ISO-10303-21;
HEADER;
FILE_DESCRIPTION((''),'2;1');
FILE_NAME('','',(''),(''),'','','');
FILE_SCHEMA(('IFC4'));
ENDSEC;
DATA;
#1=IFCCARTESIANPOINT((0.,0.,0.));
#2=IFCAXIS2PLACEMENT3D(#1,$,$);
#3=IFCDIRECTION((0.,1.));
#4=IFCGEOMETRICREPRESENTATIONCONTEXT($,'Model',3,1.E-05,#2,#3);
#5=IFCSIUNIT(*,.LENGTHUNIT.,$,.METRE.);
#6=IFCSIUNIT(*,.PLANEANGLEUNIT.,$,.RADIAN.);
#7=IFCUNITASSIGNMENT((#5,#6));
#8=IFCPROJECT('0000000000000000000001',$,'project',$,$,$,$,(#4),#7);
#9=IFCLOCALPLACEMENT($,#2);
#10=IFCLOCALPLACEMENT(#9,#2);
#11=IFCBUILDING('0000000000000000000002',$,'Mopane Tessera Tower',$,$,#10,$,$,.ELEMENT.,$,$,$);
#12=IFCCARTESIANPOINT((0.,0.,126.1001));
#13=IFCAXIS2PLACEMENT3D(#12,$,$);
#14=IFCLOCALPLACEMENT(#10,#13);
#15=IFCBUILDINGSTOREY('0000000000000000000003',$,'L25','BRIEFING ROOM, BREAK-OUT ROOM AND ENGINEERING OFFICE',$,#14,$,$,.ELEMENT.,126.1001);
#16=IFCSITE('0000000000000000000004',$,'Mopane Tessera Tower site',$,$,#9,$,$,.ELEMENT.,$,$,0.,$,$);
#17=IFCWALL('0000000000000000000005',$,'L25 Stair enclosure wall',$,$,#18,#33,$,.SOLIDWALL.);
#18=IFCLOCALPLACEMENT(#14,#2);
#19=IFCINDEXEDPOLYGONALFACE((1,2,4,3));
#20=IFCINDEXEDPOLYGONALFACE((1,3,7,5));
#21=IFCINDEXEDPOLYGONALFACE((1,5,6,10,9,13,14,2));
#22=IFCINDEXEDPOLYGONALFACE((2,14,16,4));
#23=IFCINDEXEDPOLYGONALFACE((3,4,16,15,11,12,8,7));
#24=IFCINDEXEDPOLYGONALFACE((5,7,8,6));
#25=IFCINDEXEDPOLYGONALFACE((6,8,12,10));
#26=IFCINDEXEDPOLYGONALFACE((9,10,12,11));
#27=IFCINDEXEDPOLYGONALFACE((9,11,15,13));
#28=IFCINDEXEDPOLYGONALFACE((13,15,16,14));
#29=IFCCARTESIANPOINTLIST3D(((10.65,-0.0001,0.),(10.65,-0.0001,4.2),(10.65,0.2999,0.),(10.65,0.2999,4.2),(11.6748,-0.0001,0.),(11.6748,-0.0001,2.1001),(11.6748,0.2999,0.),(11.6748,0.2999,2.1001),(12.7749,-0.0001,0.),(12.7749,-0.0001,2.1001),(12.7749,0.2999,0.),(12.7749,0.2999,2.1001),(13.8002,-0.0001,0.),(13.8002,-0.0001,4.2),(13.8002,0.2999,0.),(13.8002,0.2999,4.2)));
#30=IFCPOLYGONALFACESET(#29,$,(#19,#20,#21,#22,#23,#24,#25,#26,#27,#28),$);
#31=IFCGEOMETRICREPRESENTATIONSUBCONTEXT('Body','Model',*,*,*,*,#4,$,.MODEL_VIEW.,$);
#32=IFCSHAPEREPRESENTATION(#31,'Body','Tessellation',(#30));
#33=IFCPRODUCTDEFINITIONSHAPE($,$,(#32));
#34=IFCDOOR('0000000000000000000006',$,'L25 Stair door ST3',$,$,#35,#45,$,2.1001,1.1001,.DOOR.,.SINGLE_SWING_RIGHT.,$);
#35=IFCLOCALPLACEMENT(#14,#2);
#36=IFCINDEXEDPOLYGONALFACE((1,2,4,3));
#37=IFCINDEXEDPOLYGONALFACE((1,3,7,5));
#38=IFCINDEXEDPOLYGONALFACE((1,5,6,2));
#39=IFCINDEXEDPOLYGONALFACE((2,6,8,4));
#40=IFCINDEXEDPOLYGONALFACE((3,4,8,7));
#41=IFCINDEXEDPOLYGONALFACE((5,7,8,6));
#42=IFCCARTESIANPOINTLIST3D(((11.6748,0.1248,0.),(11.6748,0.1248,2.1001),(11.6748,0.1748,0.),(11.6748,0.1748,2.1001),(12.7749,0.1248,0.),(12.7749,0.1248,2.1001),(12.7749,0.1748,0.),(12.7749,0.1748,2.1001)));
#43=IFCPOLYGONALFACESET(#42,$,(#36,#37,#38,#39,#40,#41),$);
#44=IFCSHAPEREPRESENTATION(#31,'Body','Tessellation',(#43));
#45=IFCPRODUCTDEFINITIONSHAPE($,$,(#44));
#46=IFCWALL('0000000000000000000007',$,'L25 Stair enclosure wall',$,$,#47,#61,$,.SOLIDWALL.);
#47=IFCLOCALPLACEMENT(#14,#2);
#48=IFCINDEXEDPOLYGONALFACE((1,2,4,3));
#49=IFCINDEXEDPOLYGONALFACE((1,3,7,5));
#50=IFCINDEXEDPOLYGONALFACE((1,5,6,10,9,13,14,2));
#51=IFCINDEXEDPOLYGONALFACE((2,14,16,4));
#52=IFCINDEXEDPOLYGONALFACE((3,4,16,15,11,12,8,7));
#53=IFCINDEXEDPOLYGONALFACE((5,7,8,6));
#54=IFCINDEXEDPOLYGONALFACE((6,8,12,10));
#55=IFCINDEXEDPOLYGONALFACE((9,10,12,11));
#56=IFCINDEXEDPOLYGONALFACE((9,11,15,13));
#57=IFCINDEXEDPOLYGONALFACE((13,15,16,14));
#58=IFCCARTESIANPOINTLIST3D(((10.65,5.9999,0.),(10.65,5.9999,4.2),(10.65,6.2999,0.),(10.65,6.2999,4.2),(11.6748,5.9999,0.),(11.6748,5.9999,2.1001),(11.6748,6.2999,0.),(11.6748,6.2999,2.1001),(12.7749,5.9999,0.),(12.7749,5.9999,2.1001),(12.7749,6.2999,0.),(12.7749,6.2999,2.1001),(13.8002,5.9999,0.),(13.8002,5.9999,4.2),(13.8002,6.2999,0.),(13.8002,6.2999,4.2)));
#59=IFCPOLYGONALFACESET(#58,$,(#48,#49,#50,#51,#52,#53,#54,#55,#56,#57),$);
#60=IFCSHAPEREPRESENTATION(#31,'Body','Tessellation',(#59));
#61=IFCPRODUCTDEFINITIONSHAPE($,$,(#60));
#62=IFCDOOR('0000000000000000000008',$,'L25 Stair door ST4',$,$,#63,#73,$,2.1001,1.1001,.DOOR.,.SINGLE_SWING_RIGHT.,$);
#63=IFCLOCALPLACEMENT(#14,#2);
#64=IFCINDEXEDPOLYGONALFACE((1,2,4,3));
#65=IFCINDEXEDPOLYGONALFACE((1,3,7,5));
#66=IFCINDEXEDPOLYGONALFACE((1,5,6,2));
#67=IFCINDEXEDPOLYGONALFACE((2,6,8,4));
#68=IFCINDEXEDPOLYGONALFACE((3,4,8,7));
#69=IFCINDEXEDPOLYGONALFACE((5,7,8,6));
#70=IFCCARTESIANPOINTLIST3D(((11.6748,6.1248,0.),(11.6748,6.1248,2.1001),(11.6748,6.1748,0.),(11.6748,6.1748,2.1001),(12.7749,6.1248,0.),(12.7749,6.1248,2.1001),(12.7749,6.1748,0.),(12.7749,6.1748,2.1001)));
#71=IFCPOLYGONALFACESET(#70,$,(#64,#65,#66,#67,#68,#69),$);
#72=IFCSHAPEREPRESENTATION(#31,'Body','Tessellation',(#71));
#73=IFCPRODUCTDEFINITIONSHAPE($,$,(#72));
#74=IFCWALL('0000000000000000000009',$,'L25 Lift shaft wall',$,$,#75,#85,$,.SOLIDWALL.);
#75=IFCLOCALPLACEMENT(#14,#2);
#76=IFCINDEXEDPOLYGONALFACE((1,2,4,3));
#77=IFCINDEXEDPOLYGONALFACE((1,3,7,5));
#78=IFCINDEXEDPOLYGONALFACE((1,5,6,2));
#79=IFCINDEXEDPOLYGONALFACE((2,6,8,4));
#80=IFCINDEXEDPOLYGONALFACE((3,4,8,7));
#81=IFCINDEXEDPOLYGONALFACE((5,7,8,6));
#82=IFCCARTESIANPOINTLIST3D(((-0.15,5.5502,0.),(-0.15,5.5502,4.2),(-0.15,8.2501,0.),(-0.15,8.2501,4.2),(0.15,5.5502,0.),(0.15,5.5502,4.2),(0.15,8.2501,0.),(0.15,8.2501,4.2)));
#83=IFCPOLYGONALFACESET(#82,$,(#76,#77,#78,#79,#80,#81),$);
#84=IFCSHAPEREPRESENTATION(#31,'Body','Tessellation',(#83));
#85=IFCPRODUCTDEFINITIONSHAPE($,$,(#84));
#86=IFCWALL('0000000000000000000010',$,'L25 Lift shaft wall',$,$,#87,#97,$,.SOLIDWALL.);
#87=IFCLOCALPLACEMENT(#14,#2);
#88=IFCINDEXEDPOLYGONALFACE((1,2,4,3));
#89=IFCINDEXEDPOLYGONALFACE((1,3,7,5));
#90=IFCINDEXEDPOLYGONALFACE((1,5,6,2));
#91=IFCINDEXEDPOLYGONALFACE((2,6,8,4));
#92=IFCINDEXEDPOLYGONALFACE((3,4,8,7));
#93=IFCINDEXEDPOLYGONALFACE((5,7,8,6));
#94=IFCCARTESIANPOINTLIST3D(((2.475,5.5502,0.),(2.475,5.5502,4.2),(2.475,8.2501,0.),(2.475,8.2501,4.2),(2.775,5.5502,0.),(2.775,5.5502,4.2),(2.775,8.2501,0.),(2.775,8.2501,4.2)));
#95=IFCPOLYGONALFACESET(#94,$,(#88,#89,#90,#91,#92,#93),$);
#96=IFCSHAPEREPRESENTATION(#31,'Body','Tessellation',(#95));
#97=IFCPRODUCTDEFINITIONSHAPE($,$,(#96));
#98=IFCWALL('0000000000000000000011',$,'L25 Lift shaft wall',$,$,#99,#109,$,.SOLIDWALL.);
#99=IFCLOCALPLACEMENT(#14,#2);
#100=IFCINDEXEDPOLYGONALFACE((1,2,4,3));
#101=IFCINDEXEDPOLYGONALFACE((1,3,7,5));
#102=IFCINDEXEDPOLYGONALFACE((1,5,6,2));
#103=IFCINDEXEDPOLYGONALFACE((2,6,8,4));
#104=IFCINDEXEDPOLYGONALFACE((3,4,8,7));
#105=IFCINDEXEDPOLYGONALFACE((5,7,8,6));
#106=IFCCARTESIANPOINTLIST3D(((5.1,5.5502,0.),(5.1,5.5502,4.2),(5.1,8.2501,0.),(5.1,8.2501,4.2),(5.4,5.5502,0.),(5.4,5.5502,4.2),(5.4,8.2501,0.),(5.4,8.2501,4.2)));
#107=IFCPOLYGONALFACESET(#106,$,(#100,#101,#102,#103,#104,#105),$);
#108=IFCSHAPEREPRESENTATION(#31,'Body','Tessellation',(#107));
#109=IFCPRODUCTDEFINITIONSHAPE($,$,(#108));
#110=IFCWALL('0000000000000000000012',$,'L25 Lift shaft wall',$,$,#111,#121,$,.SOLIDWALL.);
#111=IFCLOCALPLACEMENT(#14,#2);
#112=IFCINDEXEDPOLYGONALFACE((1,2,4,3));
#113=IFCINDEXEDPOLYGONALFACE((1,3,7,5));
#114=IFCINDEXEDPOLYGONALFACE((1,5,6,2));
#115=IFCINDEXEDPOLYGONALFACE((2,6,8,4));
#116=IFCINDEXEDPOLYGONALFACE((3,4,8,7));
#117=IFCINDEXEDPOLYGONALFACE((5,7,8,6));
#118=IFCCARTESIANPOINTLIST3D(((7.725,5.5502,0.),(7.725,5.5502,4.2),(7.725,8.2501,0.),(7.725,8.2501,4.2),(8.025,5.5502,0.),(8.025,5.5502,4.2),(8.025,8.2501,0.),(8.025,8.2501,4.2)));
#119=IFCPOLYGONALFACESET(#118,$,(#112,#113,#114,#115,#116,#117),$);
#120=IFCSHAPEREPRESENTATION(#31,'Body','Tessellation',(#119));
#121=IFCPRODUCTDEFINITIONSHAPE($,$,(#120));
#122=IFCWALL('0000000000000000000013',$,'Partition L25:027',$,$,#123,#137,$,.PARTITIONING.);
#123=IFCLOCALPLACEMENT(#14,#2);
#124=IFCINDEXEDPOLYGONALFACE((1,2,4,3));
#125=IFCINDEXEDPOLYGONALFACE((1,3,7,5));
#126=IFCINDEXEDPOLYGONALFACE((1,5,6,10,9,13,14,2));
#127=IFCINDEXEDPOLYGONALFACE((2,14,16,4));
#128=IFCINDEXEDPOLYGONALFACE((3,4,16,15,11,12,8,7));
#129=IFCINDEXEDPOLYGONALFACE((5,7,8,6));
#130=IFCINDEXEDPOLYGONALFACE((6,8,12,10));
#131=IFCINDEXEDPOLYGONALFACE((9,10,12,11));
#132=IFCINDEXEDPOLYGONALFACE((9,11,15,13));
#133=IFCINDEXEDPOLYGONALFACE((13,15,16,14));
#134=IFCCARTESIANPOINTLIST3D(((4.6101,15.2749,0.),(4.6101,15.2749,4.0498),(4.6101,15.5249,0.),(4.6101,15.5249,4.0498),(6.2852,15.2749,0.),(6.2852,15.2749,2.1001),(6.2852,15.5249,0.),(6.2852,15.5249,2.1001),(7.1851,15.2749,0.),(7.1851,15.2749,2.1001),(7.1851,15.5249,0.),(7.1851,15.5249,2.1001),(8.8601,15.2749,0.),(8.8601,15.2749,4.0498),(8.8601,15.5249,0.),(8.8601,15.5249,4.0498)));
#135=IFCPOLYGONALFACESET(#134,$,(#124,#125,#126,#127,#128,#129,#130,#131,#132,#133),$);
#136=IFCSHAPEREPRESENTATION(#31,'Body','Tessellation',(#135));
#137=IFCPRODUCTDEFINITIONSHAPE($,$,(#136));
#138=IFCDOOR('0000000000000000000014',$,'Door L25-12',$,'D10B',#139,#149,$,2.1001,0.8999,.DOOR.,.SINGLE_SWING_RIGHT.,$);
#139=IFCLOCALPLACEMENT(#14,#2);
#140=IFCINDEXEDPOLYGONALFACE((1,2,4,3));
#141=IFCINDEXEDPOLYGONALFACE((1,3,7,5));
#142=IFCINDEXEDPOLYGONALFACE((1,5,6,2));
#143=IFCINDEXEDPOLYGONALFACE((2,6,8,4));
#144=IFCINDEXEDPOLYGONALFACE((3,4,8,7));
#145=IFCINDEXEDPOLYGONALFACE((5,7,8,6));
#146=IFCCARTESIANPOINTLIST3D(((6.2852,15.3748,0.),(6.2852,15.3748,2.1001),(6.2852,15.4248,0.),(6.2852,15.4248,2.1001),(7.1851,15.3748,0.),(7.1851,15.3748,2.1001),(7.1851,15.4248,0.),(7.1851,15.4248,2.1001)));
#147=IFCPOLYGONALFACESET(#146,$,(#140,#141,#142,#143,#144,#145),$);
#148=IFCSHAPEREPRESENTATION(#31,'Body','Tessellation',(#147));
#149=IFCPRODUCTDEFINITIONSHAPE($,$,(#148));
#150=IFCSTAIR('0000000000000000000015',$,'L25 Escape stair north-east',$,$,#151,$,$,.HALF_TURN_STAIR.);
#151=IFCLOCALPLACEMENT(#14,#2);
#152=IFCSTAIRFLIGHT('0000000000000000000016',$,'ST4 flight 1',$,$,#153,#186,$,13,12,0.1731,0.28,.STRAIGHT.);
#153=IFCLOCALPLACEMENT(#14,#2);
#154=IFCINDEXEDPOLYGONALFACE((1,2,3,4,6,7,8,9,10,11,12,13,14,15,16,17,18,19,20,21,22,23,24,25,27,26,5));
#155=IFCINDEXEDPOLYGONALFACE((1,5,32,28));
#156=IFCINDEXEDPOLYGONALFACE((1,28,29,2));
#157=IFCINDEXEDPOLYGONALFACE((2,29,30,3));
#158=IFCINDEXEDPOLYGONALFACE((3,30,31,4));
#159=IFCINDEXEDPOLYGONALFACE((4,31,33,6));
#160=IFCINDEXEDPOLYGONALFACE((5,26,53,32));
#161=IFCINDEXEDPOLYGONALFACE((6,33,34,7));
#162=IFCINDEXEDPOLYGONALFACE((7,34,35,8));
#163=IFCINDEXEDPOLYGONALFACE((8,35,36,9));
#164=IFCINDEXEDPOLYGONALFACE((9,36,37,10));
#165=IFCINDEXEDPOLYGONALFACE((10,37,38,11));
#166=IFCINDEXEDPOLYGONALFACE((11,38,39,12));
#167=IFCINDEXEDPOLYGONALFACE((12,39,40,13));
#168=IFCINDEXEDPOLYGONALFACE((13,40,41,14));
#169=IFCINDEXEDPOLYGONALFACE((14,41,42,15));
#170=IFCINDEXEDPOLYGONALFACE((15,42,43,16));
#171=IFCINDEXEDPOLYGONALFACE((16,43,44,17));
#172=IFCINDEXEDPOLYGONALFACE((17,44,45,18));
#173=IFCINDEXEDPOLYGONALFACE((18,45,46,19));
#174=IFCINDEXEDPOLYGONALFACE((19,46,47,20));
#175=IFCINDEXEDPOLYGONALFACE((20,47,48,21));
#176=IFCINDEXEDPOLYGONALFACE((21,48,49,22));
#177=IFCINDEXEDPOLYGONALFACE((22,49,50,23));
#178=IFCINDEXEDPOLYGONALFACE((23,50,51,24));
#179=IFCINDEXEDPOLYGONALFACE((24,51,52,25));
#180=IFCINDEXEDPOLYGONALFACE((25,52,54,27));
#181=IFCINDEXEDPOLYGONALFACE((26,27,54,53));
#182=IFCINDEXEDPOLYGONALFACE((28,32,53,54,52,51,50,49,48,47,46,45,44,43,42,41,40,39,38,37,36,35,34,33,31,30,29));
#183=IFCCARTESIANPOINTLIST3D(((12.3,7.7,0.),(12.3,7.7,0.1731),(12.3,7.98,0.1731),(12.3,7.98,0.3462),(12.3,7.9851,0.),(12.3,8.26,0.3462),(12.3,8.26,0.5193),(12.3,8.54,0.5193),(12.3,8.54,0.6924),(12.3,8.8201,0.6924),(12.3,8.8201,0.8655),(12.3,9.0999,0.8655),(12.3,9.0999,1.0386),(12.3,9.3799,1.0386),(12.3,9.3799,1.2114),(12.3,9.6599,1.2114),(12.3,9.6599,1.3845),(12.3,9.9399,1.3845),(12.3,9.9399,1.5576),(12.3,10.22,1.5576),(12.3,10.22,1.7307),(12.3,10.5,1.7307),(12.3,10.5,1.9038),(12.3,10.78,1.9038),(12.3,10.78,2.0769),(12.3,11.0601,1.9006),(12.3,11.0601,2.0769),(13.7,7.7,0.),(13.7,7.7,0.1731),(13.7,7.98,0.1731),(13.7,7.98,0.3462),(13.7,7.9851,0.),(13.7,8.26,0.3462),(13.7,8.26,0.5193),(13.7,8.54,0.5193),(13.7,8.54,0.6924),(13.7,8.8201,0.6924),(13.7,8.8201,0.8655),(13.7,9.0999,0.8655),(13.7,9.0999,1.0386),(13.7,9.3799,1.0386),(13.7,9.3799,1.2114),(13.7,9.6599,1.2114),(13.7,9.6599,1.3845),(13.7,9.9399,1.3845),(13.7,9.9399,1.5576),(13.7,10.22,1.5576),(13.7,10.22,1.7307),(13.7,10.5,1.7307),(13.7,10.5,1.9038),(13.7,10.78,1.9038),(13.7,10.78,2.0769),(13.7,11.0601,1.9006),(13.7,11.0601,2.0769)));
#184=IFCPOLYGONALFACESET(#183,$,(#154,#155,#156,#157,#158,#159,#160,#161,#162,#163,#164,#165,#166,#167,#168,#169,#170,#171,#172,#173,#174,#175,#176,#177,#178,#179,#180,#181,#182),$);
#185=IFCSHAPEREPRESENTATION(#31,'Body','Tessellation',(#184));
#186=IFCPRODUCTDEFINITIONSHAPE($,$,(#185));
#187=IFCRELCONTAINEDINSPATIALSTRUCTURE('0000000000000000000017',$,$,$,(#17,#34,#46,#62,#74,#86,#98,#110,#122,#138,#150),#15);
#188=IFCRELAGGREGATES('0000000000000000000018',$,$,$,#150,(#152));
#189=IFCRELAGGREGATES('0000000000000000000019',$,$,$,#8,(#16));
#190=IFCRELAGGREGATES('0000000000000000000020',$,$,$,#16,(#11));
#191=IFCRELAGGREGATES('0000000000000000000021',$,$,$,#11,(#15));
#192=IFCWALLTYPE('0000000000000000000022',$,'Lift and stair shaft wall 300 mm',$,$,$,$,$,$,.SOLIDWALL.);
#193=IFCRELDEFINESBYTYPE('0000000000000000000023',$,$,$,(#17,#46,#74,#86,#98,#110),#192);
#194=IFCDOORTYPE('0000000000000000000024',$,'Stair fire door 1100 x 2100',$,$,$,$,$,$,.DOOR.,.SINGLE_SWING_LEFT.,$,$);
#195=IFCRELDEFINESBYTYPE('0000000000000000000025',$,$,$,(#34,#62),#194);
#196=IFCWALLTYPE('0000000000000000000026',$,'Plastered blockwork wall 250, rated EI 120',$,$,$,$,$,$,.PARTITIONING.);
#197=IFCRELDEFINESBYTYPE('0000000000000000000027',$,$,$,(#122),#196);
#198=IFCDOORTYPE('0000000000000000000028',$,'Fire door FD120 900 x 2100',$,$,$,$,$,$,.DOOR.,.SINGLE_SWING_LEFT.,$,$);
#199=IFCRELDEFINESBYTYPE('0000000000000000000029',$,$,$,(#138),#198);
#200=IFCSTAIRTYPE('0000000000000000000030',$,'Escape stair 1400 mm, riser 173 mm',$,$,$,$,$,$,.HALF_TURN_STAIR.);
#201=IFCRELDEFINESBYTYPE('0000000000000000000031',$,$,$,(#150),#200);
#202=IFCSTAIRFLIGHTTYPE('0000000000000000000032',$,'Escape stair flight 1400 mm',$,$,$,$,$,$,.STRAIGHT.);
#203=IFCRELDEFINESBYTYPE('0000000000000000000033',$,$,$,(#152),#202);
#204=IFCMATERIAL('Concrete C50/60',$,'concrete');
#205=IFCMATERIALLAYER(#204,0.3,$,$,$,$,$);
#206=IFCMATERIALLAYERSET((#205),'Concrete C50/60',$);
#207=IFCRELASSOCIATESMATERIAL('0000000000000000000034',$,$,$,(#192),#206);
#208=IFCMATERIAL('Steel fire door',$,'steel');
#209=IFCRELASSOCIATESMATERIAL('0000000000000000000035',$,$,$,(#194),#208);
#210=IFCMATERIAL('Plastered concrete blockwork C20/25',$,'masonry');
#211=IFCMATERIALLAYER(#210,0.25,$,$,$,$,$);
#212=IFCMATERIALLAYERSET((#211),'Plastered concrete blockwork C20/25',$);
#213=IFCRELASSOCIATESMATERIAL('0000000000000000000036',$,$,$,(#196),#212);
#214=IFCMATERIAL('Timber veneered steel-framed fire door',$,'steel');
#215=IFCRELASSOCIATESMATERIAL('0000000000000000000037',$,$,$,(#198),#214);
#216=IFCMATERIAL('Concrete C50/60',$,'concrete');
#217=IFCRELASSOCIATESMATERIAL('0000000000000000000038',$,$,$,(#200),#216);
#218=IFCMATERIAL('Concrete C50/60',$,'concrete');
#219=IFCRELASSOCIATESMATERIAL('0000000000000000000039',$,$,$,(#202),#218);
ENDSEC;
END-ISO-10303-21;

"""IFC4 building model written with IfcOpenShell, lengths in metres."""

from ifc_helpers import new_model, si_unit, direction, frame, frame_2d, origin, place, context, subcontext, project, spatial, polyline, rectangle, outline, extrude, material, layer, layer_set, type_object, element, fill, aggregate, save


model = new_model("IFC4")

# Units and contexts
model_context = context("Model", 3, precision=1e-05, world=origin(), true_north=direction((0.0, 1.0)))
body_context = subcontext(model_context, "Body", "Model", "MODEL_VIEW")
ifc_project = project(units=[si_unit("LENGTHUNIT", "METRE"), si_unit("PLANEANGLEUNIT", "RADIAN")], contexts=[model_context])

# Site, building, storey
site_placement = place(None, origin())
site = spatial("IfcSite", under=ifc_project, at=site_placement, Name="Mopane Tessera Tower site", CompositionType="ELEMENT", RefElevation=0.0)
building_placement = place(site_placement, origin())
building = spatial("IfcBuilding", under=site, at=building_placement, Name="Mopane Tessera Tower", CompositionType="ELEMENT")
storey_placement = place(building_placement, frame((0.0, 0.0, 126.1001)))
storey = spatial("IfcBuildingStorey", under=building, at=storey_placement, Name="L25", Description="BRIEFING ROOM, BREAK-OUT ROOM AND ENGINEERING OFFICE", CompositionType="ELEMENT", Elevation=126.1001)

# Walls, openings, doors
ifc_material_1 = material(Name="Concrete C50/60", Category="concrete")
ifc_layer_1 = layer(ifc_material_1, 0.3)
ifc_layer_set_1 = layer_set([ifc_layer_1], Name="Concrete C50/60")
wall_type_1 = type_object("IfcWallType", Name="Lift and stair shaft wall 300 mm", PredefinedType="SOLIDWALL", material=ifc_layer_set_1)
wall_1_placement = place(storey_placement, frame((10.6499, 0.1499, 0.0), z_axis=(0.0, 0.0, 1.0), x_axis=(1.0, 0.0, 0.0)))
wall_1 = element("IfcWall", 1, at=wall_1_placement, inside=storey, type_object=wall_type_1, Name="L25 Stair enclosure wall", PredefinedType="SOLIDWALL", context=body_context, shape_type="SweptSolid", body=[
    extrude(rectangle(XDim=3.1501, YDim=0.3, at=frame_2d((1.5752, 0.0))), origin(), (0.0, 0.0, 1.0), 4.2),
])
opening_1_placement = place(wall_1_placement, frame((1.0249, 0.0, 0.0)))
opening_1 = element("IfcOpeningElement", 2, at=opening_1_placement, cuts=wall_1, PredefinedType="OPENING", context=body_context, shape_type="SweptSolid", body=[
    extrude(rectangle(XDim=1.1001, YDim=2.1001, at=frame_2d((0.55, 1.05))), frame((0.0, 0.1621, 0.0), z_axis=(0.0, -1.0, 0.0), x_axis=(1.0, 0.0, 0.0)), (0.0, 0.0, 1.0), 0.324),
])
ifc_material_2 = material(Name="Steel fire door", Category="steel")
door_type_1 = type_object("IfcDoorType", Name="Stair fire door 1100 x 2100", OperationType="SINGLE_SWING_LEFT", PredefinedType="DOOR", material=ifc_material_2)
door_1_placement = place(opening_1_placement, origin())
door_1 = element("IfcDoor", 3, at=door_1_placement, inside=storey, type_object=door_type_1, Name="L25 Stair door ST3", OperationType="SINGLE_SWING_RIGHT", OverallHeight=2.1001, OverallWidth=1.1001, PredefinedType="DOOR", context=body_context, shape_type="SweptSolid", body=[
    extrude(rectangle(XDim=1.1001, YDim=2.1001, at=frame_2d((0.55, 1.05))), frame((0.0, 0.0249, 0.0), z_axis=(0.0, -1.0, 0.0), x_axis=(1.0, 0.0, 0.0)), (0.0, 0.0, 1.0), 0.05),
])
fill(opening_1, door_1)
wall_2_placement = place(storey_placement, frame((10.6499, 6.1499, 0.0), z_axis=(0.0, 0.0, 1.0), x_axis=(1.0, 0.0, 0.0)))
wall_2 = element("IfcWall", 4, at=wall_2_placement, inside=storey, type_object=wall_type_1, Name="L25 Stair enclosure wall", PredefinedType="SOLIDWALL", context=body_context, shape_type="SweptSolid", body=[
    extrude(rectangle(XDim=3.1501, YDim=0.3, at=frame_2d((1.5752, 0.0))), origin(), (0.0, 0.0, 1.0), 4.2),
])
opening_2_placement = place(wall_2_placement, frame((1.0249, 0.0, 0.0)))
opening_2 = element("IfcOpeningElement", 5, at=opening_2_placement, cuts=wall_2, PredefinedType="OPENING", context=body_context, shape_type="SweptSolid", body=[
    extrude(rectangle(XDim=1.1001, YDim=2.1001, at=frame_2d((0.55, 1.05))), frame((0.0, 0.1621, 0.0), z_axis=(0.0, -1.0, 0.0), x_axis=(1.0, 0.0, 0.0)), (0.0, 0.0, 1.0), 0.324),
])
door_2_placement = place(opening_2_placement, origin())
door_2 = element("IfcDoor", 6, at=door_2_placement, inside=storey, type_object=door_type_1, Name="L25 Stair door ST4", OperationType="SINGLE_SWING_RIGHT", OverallHeight=2.1001, OverallWidth=1.1001, PredefinedType="DOOR", context=body_context, shape_type="SweptSolid", body=[
    extrude(rectangle(XDim=1.1001, YDim=2.1001, at=frame_2d((0.55, 1.05))), frame((0.0, 0.0249, 0.0), z_axis=(0.0, -1.0, 0.0), x_axis=(1.0, 0.0, 0.0)), (0.0, 0.0, 1.0), 0.05),
])
fill(opening_2, door_2)

# Walls
for number, where, z_axis, x_axis, name in (
    (7, (0.0, 5.55, 0.0), (0.0, 0.0, 1.0), (0.0, 1.0, 0.0), "L25 Lift shaft wall"),
    (8, (2.625, 5.55, 0.0), (0.0, 0.0, 1.0), (0.0, 1.0, 0.0), "L25 Lift shaft wall"),
    (9, (5.25, 5.55, 0.0), (0.0, 0.0, 1.0), (0.0, 1.0, 0.0), "L25 Lift shaft wall"),
    (10, (7.875, 5.55, 0.0), (0.0, 0.0, 1.0), (0.0, 1.0, 0.0), "L25 Lift shaft wall"),
):
    element("IfcWall", number, at=place(storey_placement, frame(where, z_axis=z_axis, x_axis=x_axis)), inside=storey, type_object=wall_type_1, Name=name, PredefinedType="SOLIDWALL", context=body_context, shape_type="SweptSolid", body=[
        extrude(rectangle(XDim=2.7, YDim=0.3, at=frame_2d((1.3501, 0.0))), origin(), (0.0, 0.0, 1.0), 4.2),
    ])

# Wall, opening, door
ifc_material_3 = material(Name="Plastered concrete blockwork C20/25", Category="masonry")
ifc_layer_2 = layer(ifc_material_3, 0.25)
ifc_layer_set_2 = layer_set([ifc_layer_2], Name="Plastered concrete blockwork C20/25")
wall_type_2 = type_object("IfcWallType", Name="Plastered blockwork wall 250, rated EI 120", PredefinedType="PARTITIONING", material=ifc_layer_set_2)
wall_3_placement = place(storey_placement, frame((4.6101, 15.3999, 0.0), z_axis=(0.0, 0.0, 1.0), x_axis=(1.0, 0.0, 0.0)))
wall_3 = element("IfcWall", 11, at=wall_3_placement, inside=storey, type_object=wall_type_2, Name="Partition L25:027", PredefinedType="PARTITIONING", context=body_context, shape_type="SweptSolid", body=[
    extrude(rectangle(XDim=4.25, YDim=0.25, at=frame_2d((2.125, 0.0))), origin(), (0.0, 0.0, 1.0), 4.0498),
])
opening_3_placement = place(wall_3_placement, frame((1.675, 0.0, 0.0)))
opening_3 = element("IfcOpeningElement", 12, at=opening_3_placement, cuts=wall_3, PredefinedType="OPENING", context=body_context, shape_type="SweptSolid", body=[
    extrude(rectangle(XDim=0.8999, YDim=2.1001, at=frame_2d((0.45, 1.05))), frame((0.0, 0.137, 0.0), z_axis=(0.0, -1.0, 0.0), x_axis=(1.0, 0.0, 0.0)), (0.0, 0.0, 1.0), 0.2739),
])
ifc_material_4 = material(Name="Timber veneered steel-framed fire door", Category="steel")
door_type_2 = type_object("IfcDoorType", Name="Fire door FD120 900 x 2100", OperationType="SINGLE_SWING_LEFT", PredefinedType="DOOR", material=ifc_material_4)
door_3_placement = place(opening_3_placement, origin())
door_3 = element("IfcDoor", 13, at=door_3_placement, inside=storey, type_object=door_type_2, Name="Door L25-12", ObjectType="D10B", OperationType="SINGLE_SWING_RIGHT", OverallHeight=2.1001, OverallWidth=0.8999, PredefinedType="DOOR", context=body_context, shape_type="SweptSolid", body=[
    extrude(rectangle(XDim=0.8999, YDim=2.1001, at=frame_2d((0.45, 1.05))), frame((0.0, 0.0249, 0.0), z_axis=(0.0, -1.0, 0.0), x_axis=(1.0, 0.0, 0.0)), (0.0, 0.0, 1.0), 0.05),
])
fill(opening_3, door_3)

# Stair, stair flight
ifc_material_5 = material(Name="Concrete C50/60", Category="concrete")
stair_type = type_object("IfcStairType", Name="Escape stair 1400 mm, riser 173 mm", PredefinedType="HALF_TURN_STAIR", material=ifc_material_5)
stair_placement = place(storey_placement, origin())
stair = element("IfcStair", 14, at=stair_placement, inside=storey, type_object=stair_type, Name="L25 Escape stair north-east", PredefinedType="HALF_TURN_STAIR")
ifc_material_6 = material(Name="Concrete C50/60", Category="concrete")
stair_flight_type = type_object("IfcStairFlightType", Name="Escape stair flight 1400 mm", PredefinedType="STRAIGHT", material=ifc_material_6)
stair_flight_1_placement = place(storey_placement, frame((13.0, 7.7, 0.0), z_axis=(0.0, 0.0, 1.0), x_axis=(0.0, 1.0, 0.0)))
stair_flight_1 = element("IfcStairFlight", 15, at=stair_flight_1_placement, type_object=stair_flight_type, Name="ST4 flight 1", NumberOfRisers=13, NumberOfTreads=12, PredefinedType="STRAIGHT", RiserHeight=0.1731, TreadLength=0.28, context=body_context, shape_type="SweptSolid", body=[
    extrude(outline(polyline([(0.0, 0.0), (0.0, 0.1731), (0.28, 0.1731), (0.28, 0.3462), (0.5601, 0.3462), (0.5601, 0.5193), (0.8401, 0.5193), (0.8401, 0.6924), (1.1201, 0.6924), (1.1201, 0.8655), (1.3999, 0.8655), (1.3999, 1.0386), (1.6799, 1.0386), (1.6799, 1.2114), (1.96, 1.2114), (1.96, 1.3845), (2.24, 1.3845), (2.24, 1.5576), (2.52, 1.5576), (2.52, 1.7307), (2.8, 1.7307), (2.8, 1.9038), (3.0801, 1.9038), (3.0801, 2.0769), (3.3601, 2.0769), (3.3601, 2.25), (3.3601, 1.9006), (0.2852, 0.0), (0.0, 0.0)])), frame((0.0, 0.7, 0.0), z_axis=(0.0, -1.0, 0.0), x_axis=(1.0, 0.0, 0.0)), (0.0, 0.0, 1.0), 1.3999),
])
aggregate(stair, [stair_flight_1])

save(model, "model.ifc")
